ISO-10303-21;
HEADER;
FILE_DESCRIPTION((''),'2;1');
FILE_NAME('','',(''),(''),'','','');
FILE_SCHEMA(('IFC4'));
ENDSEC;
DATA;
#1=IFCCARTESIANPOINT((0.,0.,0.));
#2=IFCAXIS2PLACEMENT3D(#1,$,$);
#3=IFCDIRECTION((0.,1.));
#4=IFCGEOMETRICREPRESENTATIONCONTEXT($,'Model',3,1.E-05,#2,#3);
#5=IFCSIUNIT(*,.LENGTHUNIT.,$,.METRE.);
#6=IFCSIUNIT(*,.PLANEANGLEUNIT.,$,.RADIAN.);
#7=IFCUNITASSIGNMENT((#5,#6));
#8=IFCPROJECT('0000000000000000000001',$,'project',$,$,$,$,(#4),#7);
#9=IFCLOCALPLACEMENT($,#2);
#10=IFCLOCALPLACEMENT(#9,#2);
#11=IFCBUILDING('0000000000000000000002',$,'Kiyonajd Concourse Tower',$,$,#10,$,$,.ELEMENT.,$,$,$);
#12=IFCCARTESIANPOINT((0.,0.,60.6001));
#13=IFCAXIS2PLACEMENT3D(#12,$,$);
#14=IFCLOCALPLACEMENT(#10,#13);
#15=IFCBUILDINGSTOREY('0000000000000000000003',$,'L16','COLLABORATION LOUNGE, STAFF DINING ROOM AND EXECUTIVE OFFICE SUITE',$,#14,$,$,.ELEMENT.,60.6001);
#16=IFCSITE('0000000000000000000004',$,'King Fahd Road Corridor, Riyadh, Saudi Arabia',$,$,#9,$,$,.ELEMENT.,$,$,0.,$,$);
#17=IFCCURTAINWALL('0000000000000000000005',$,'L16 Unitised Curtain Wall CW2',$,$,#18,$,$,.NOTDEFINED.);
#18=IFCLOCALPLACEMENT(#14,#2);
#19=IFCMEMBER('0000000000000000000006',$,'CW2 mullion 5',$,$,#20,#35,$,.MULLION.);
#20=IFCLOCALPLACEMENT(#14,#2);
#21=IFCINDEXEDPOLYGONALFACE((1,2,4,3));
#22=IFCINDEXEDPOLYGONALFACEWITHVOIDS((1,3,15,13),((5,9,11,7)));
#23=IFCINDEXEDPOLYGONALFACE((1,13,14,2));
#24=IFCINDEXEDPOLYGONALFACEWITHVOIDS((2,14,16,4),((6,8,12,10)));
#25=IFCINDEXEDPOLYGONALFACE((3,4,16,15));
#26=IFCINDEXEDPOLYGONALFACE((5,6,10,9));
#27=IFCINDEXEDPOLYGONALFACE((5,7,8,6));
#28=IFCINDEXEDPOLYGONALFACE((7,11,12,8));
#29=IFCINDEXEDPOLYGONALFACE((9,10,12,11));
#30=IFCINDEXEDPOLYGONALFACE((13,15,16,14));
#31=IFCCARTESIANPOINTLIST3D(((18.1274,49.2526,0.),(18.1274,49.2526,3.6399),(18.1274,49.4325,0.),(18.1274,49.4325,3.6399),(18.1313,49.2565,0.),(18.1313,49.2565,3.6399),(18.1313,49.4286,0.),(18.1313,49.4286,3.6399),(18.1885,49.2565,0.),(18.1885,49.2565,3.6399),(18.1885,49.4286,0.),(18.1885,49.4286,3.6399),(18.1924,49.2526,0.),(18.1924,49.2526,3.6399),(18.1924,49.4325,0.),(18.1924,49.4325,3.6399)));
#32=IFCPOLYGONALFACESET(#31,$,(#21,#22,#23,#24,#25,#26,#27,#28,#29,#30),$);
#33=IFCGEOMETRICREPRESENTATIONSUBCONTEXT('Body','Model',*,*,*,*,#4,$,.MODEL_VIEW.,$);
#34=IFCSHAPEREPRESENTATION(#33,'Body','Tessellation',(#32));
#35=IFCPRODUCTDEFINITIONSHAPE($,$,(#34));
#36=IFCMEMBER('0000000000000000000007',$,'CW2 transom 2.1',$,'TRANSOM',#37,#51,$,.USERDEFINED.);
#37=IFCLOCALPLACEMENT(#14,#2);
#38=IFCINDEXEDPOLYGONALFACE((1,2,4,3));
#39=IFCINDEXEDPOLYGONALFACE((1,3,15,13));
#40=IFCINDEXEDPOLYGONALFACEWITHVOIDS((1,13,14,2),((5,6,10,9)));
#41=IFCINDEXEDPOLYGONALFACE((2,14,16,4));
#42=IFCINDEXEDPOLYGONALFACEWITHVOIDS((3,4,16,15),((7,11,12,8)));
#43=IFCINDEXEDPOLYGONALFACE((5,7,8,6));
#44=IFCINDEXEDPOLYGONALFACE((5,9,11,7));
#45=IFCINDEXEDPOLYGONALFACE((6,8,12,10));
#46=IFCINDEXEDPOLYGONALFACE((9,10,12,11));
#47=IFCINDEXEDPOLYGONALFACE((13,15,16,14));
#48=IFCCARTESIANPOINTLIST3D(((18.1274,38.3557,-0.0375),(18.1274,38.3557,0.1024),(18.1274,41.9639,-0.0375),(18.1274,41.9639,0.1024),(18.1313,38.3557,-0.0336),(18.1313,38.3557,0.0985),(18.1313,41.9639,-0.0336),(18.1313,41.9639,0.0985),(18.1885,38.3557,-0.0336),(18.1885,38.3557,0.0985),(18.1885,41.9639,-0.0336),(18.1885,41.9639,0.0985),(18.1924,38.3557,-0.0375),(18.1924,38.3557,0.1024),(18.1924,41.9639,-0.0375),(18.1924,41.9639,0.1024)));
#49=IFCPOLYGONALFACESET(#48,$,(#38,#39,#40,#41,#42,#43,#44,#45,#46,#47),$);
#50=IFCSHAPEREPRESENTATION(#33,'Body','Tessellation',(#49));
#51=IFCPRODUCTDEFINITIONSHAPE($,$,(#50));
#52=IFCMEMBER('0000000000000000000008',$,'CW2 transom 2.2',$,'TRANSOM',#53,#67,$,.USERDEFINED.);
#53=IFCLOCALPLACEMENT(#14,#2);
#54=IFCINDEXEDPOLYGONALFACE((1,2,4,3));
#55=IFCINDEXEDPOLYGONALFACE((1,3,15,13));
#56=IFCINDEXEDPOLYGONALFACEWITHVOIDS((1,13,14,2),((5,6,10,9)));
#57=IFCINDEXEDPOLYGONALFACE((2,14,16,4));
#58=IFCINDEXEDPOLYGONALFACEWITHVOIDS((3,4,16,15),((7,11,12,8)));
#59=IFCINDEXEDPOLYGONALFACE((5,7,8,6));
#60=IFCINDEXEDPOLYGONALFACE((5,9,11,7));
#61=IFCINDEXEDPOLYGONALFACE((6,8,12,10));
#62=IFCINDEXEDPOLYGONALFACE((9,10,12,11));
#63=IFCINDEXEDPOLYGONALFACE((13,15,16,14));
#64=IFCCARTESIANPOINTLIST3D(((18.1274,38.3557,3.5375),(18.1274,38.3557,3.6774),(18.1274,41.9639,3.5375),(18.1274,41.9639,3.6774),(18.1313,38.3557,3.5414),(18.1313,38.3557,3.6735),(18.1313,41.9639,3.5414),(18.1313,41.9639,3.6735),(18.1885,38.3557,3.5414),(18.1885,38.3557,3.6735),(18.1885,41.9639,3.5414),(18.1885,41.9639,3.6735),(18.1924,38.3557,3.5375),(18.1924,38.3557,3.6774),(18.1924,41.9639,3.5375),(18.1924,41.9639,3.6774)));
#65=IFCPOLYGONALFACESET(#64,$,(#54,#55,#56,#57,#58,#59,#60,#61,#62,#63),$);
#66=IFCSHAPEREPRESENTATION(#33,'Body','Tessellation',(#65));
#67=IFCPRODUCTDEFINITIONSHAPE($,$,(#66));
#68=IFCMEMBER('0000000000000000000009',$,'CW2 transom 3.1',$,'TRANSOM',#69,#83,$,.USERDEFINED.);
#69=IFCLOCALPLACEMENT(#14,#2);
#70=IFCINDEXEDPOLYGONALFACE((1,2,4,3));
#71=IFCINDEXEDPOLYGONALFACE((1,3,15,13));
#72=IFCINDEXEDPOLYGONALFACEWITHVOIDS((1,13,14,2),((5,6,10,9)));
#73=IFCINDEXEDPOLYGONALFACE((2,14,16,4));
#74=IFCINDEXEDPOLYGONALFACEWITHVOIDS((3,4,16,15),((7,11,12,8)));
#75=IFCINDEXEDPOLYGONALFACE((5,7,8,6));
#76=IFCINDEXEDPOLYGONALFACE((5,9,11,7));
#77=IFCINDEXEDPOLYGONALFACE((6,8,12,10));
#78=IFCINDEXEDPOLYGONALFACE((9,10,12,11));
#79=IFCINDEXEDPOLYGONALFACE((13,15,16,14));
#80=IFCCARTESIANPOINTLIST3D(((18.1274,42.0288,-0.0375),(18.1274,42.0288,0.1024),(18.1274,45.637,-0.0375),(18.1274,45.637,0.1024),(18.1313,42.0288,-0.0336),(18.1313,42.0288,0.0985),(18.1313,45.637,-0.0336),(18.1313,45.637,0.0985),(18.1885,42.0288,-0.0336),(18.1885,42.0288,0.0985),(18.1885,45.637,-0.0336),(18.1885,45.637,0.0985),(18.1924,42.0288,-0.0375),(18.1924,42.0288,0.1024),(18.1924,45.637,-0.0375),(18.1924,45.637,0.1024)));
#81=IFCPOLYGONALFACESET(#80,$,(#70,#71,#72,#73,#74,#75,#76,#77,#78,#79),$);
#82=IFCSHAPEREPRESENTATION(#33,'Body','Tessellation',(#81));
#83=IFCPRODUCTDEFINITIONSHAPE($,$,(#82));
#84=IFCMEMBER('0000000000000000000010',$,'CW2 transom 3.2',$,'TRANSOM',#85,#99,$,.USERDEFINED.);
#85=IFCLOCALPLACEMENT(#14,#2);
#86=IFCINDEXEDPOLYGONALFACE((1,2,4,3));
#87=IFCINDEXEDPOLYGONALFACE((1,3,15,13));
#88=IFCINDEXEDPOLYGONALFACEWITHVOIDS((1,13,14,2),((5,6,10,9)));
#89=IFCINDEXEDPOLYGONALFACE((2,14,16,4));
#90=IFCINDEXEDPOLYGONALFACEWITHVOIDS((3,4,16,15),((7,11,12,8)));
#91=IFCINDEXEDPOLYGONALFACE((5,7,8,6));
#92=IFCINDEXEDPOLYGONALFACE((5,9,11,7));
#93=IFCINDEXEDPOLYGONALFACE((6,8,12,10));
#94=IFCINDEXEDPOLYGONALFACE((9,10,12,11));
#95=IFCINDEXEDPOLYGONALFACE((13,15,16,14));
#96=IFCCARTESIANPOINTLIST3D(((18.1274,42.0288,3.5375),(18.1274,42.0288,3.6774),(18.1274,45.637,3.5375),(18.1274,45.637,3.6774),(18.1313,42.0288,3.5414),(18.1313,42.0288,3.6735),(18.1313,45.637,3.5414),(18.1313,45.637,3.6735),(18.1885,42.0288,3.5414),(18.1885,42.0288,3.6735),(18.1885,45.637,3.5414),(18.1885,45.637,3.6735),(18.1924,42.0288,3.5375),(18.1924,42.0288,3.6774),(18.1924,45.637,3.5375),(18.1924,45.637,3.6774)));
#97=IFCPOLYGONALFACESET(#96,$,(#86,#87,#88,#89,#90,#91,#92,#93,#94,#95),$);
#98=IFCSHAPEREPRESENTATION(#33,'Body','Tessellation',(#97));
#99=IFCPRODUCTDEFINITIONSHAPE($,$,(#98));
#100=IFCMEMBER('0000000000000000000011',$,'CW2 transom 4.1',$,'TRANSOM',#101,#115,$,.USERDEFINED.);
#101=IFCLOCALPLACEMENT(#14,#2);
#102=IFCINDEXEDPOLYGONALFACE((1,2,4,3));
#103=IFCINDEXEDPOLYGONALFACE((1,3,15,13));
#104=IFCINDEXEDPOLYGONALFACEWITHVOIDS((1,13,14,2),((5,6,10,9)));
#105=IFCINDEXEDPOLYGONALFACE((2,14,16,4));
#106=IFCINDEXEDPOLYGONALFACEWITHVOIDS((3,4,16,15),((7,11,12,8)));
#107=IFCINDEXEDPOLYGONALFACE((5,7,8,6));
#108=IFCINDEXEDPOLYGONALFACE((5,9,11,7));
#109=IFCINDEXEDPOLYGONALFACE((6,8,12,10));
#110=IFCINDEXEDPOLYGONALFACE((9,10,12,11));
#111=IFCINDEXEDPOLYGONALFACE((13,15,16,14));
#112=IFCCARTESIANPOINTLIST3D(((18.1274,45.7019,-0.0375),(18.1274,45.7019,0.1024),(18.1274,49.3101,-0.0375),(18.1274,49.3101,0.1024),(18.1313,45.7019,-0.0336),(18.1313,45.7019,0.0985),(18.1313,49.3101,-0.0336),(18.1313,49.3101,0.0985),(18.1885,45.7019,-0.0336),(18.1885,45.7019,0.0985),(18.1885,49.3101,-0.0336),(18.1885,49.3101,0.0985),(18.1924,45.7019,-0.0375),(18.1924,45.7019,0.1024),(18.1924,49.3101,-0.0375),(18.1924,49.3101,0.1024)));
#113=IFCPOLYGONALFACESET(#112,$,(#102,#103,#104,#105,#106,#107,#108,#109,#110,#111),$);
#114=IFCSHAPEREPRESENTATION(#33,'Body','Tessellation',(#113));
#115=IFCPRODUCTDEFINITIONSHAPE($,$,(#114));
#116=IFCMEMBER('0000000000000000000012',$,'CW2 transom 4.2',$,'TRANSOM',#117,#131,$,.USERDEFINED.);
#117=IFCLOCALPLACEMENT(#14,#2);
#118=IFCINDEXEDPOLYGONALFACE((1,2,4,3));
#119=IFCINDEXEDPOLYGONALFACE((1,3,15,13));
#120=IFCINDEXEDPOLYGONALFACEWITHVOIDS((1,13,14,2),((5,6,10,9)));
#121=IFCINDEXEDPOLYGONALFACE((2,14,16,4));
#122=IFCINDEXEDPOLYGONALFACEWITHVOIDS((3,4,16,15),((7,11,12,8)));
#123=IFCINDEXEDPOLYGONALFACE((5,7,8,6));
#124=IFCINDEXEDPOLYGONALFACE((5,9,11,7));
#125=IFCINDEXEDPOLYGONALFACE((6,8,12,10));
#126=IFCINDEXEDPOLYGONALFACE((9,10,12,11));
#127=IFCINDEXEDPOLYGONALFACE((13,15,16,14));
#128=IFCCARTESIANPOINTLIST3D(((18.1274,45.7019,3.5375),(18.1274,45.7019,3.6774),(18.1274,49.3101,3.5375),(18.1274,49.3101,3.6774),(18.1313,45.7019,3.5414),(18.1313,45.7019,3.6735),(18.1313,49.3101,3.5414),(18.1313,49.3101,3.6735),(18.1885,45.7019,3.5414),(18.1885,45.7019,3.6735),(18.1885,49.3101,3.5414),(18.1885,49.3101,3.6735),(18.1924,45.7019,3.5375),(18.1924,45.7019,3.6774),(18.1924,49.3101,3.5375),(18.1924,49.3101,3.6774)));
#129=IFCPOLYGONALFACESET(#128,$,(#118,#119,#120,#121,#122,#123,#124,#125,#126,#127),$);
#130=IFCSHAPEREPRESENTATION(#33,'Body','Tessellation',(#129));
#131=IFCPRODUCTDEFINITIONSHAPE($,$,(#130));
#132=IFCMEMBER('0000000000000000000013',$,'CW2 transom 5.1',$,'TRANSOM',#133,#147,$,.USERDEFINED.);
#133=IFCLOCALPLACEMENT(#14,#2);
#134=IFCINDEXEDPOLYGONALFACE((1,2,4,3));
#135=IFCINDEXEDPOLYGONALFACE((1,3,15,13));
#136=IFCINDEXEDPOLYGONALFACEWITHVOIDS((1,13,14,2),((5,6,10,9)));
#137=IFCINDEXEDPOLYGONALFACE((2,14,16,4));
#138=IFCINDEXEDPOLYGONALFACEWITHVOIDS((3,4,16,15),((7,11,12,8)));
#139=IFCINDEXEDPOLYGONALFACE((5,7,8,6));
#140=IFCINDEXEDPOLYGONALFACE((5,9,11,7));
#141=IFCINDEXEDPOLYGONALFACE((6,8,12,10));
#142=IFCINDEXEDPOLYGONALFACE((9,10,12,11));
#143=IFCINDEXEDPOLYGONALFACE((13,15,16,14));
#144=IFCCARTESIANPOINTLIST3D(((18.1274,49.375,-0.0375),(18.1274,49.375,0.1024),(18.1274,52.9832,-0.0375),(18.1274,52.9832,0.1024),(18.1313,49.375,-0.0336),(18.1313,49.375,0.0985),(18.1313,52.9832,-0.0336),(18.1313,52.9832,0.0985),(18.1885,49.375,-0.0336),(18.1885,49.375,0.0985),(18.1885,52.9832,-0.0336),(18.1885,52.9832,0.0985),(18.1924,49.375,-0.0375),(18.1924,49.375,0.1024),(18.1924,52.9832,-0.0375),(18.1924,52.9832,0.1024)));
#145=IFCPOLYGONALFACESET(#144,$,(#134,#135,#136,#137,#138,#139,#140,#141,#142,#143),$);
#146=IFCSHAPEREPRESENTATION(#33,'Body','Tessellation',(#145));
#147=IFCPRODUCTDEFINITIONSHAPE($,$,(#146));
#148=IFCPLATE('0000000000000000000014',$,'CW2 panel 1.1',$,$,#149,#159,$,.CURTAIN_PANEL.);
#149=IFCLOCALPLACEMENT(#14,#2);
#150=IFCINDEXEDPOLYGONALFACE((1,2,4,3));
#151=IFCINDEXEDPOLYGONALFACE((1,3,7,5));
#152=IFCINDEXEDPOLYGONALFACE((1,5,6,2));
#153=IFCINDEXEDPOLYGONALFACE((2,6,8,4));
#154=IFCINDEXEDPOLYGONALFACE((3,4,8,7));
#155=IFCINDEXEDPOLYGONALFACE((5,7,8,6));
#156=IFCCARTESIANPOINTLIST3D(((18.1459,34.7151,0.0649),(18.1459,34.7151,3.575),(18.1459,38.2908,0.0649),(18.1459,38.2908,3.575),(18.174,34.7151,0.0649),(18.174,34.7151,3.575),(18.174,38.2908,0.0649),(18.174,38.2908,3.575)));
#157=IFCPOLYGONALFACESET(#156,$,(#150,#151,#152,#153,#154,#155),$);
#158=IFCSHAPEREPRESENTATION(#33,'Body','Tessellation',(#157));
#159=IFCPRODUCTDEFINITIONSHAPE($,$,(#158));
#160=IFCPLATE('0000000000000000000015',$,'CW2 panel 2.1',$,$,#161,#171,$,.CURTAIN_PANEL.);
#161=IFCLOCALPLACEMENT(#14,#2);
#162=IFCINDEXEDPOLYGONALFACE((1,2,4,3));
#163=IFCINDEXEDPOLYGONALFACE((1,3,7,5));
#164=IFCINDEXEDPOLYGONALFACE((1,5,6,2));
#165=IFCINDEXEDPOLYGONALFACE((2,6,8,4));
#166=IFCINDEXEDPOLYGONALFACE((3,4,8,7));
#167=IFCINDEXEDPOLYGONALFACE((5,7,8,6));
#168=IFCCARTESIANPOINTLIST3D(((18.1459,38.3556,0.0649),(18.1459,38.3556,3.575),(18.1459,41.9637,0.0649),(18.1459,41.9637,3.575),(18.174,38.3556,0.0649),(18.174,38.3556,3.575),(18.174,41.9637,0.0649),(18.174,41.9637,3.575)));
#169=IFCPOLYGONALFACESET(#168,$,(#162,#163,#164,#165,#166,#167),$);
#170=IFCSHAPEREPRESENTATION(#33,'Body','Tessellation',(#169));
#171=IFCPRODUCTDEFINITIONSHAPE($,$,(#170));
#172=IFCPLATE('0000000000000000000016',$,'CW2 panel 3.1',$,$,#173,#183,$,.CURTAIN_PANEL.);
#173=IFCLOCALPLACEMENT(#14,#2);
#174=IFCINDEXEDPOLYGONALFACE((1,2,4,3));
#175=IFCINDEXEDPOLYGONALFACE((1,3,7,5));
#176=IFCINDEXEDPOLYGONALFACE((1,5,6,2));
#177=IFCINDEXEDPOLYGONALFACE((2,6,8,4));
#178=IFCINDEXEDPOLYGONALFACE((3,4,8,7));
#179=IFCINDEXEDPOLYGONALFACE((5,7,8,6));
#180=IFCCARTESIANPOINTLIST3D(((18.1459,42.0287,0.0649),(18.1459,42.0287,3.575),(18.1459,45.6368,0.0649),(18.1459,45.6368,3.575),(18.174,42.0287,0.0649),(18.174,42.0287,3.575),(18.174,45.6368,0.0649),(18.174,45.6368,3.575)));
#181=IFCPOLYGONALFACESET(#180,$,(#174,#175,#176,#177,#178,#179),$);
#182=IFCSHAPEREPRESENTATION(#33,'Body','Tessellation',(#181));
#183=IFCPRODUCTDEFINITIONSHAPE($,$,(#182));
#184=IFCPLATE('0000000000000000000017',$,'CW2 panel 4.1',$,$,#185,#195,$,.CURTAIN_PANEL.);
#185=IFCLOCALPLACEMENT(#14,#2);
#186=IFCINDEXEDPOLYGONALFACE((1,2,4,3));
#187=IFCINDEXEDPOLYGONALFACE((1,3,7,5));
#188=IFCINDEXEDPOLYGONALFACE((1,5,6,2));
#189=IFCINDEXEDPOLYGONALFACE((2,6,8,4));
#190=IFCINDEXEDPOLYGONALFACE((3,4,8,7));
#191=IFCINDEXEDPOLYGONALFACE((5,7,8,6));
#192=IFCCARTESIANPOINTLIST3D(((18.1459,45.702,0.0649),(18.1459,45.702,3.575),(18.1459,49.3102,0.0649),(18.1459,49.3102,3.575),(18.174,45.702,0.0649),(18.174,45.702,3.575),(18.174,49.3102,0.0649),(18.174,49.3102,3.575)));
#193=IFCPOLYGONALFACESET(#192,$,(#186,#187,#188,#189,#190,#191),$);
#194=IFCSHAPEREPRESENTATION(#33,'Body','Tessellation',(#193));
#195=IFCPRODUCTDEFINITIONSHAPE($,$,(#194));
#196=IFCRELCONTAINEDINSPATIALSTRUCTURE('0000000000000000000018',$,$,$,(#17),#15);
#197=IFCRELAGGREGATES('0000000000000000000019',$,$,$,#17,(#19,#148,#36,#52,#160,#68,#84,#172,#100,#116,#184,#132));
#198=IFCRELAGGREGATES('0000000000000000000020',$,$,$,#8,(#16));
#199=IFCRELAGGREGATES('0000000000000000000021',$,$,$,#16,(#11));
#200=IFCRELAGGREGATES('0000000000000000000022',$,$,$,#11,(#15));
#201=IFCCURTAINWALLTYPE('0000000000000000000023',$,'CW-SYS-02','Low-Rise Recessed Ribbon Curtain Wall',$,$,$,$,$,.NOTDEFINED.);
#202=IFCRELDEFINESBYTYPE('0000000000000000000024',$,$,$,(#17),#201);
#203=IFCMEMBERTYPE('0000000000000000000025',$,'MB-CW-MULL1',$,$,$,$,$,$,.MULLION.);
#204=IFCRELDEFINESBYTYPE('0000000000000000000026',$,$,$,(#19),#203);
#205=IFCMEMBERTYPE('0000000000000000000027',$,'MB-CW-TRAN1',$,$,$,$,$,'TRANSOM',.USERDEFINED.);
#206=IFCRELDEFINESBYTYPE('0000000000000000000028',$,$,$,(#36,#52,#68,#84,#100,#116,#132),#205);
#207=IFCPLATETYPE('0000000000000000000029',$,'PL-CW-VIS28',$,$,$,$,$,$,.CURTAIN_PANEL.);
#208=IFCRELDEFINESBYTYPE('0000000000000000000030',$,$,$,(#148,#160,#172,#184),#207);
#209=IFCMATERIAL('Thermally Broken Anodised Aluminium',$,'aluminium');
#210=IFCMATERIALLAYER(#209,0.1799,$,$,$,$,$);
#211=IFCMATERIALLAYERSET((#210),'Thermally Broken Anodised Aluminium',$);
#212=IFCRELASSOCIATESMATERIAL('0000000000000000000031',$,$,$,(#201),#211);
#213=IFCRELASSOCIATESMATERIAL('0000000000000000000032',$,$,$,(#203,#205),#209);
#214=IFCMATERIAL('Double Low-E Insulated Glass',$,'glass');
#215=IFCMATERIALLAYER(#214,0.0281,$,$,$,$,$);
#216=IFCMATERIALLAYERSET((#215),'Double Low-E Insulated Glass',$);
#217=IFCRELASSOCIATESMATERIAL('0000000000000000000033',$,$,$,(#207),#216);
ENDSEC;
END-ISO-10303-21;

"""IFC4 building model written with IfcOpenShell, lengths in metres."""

from ifc_helpers import new_model, si_unit, direction, frame, origin, origin_2d, place, context, subcontext, project, spatial, rectangle, hollow_rectangle, extrude, material, layer, layer_set, material_profile, profile_set, type_object, element, aggregate, save


model = new_model("IFC4")

# Units and contexts
model_context = context("Model", 3, precision=1e-05, world=origin(), true_north=direction((0.0, 1.0)))
body_context = subcontext(model_context, "Body", "Model", "MODEL_VIEW")
ifc_project = project(units=[si_unit("LENGTHUNIT", "METRE"), si_unit("PLANEANGLEUNIT", "RADIAN")], contexts=[model_context])

# Site, building, storey
site_placement = place(None, origin())
site = spatial("IfcSite", under=ifc_project, at=site_placement, Name="King Fahd Road Corridor, Riyadh, Saudi Arabia", CompositionType="ELEMENT", RefElevation=0.0)
building_placement = place(site_placement, origin())
building = spatial("IfcBuilding", under=site, at=building_placement, Name="Kiyonajd Concourse Tower", CompositionType="ELEMENT")
storey_placement = place(building_placement, frame((0.0, 0.0, 60.6001)))
storey = spatial("IfcBuildingStorey", under=building, at=storey_placement, Name="L16", Description="COLLABORATION LOUNGE, STAFF DINING ROOM AND EXECUTIVE OFFICE SUITE", CompositionType="ELEMENT", Elevation=60.6001)

# Curtain wall, members, plates
ifc_material_1 = material(Name="Thermally Broken Anodised Aluminium", Category="aluminium")
ifc_layer_1 = layer(ifc_material_1, 0.1799)
ifc_layer_set_1 = layer_set([ifc_layer_1], Name="Thermally Broken Anodised Aluminium")
curtain_wall_type = type_object("IfcCurtainWallType", Name="CW-SYS-02", Description="Low-Rise Recessed Ribbon Curtain Wall", PredefinedType="NOTDEFINED", material=ifc_layer_set_1)
curtain_wall_placement = place(storey_placement, origin())
curtain_wall = element("IfcCurtainWall", 1, at=curtain_wall_placement, inside=storey, type_object=curtain_wall_type, Name="L16 Unitised Curtain Wall CW2", PredefinedType="NOTDEFINED")
ifc_material_profile_1 = material_profile(ifc_material_1, hollow_rectangle(XDim=0.0649, YDim=0.1799, WallThickness=0.0039, at=origin_2d()), Name="MULL-65x180")
ifc_profile_set_1 = profile_set([ifc_material_profile_1], Name="Thermally Broken Anodised Aluminium")
member_type_1 = type_object("IfcMemberType", Name="MB-CW-MULL1", PredefinedType="MULLION", material=ifc_profile_set_1)
member_1_placement = place(storey_placement, frame((18.1599, 49.3425, 0.0), z_axis=(0.0, 0.0, 1.0), x_axis=(-1.0, 0.0, 0.0)))
member_1 = element("IfcMember", 2, at=member_1_placement, type_object=member_type_1, Name="CW2 mullion 5", PredefinedType="MULLION", context=body_context, shape_type="SweptSolid", body=[
    extrude(hollow_rectangle(XDim=0.0649, YDim=0.1799, WallThickness=0.0039, at=origin_2d()), origin(), (0.0, 0.0, 1.0), 3.6399),
])
ifc_material_profile_2 = material_profile(ifc_material_1, hollow_rectangle(XDim=0.0649, YDim=0.1399, WallThickness=0.0039, at=origin_2d()), Name="TRAN-65x140")
ifc_profile_set_2 = profile_set([ifc_material_profile_2], Name="Thermally Broken Anodised Aluminium")
member_type_2 = type_object("IfcMemberType", Name="MB-CW-TRAN1", ElementType="TRANSOM", PredefinedType="USERDEFINED", material=ifc_profile_set_2)
member_2_placement = place(storey_placement, frame((18.1599, 38.3557, 0.0325), z_axis=(0.0, 1.0, 0.0), x_axis=(-1.0, 0.0, 0.0)))
member_2 = element("IfcMember", 3, at=member_2_placement, type_object=member_type_2, Name="CW2 transom 2.1", ObjectType="TRANSOM", PredefinedType="USERDEFINED", context=body_context, shape_type="SweptSolid", body=[
    extrude(hollow_rectangle(XDim=0.0649, YDim=0.1399, WallThickness=0.0039, at=origin_2d()), origin(), (0.0, 0.0, 1.0), 3.6082),
])
member_3_placement = place(storey_placement, frame((18.1599, 38.3557, 3.6074), z_axis=(0.0, 1.0, 0.0), x_axis=(-1.0, 0.0, 0.0)))
member_3 = element("IfcMember", 4, at=member_3_placement, type_object=member_type_2, Name="CW2 transom 2.2", ObjectType="TRANSOM", PredefinedType="USERDEFINED", context=body_context, shape_type="SweptSolid", body=[
    extrude(hollow_rectangle(XDim=0.0649, YDim=0.1399, WallThickness=0.0039, at=origin_2d()), origin(), (0.0, 0.0, 1.0), 3.6082),
])
member_4_placement = place(storey_placement, frame((18.1599, 42.0288, 0.0325), z_axis=(0.0, 1.0, 0.0), x_axis=(-1.0, 0.0, 0.0)))
member_4 = element("IfcMember", 5, at=member_4_placement, type_object=member_type_2, Name="CW2 transom 3.1", ObjectType="TRANSOM", PredefinedType="USERDEFINED", context=body_context, shape_type="SweptSolid", body=[
    extrude(hollow_rectangle(XDim=0.0649, YDim=0.1399, WallThickness=0.0039, at=origin_2d()), origin(), (0.0, 0.0, 1.0), 3.6082),
])
member_5_placement = place(storey_placement, frame((18.1599, 42.0288, 3.6074), z_axis=(0.0, 1.0, 0.0), x_axis=(-1.0, 0.0, 0.0)))
member_5 = element("IfcMember", 6, at=member_5_placement, type_object=member_type_2, Name="CW2 transom 3.2", ObjectType="TRANSOM", PredefinedType="USERDEFINED", context=body_context, shape_type="SweptSolid", body=[
    extrude(hollow_rectangle(XDim=0.0649, YDim=0.1399, WallThickness=0.0039, at=origin_2d()), origin(), (0.0, 0.0, 1.0), 3.6082),
])
member_6_placement = place(storey_placement, frame((18.1599, 45.7019, 0.0325), z_axis=(0.0, 1.0, 0.0), x_axis=(-1.0, 0.0, 0.0)))
member_6 = element("IfcMember", 7, at=member_6_placement, type_object=member_type_2, Name="CW2 transom 4.1", ObjectType="TRANSOM", PredefinedType="USERDEFINED", context=body_context, shape_type="SweptSolid", body=[
    extrude(hollow_rectangle(XDim=0.0649, YDim=0.1399, WallThickness=0.0039, at=origin_2d()), origin(), (0.0, 0.0, 1.0), 3.6082),
])
member_7_placement = place(storey_placement, frame((18.1599, 45.7019, 3.6074), z_axis=(0.0, 1.0, 0.0), x_axis=(-1.0, 0.0, 0.0)))
member_7 = element("IfcMember", 8, at=member_7_placement, type_object=member_type_2, Name="CW2 transom 4.2", ObjectType="TRANSOM", PredefinedType="USERDEFINED", context=body_context, shape_type="SweptSolid", body=[
    extrude(hollow_rectangle(XDim=0.0649, YDim=0.1399, WallThickness=0.0039, at=origin_2d()), origin(), (0.0, 0.0, 1.0), 3.6082),
])
member_8_placement = place(storey_placement, frame((18.1599, 49.375, 0.0325), z_axis=(0.0, 1.0, 0.0), x_axis=(-1.0, 0.0, 0.0)))
member_8 = element("IfcMember", 9, at=member_8_placement, type_object=member_type_2, Name="CW2 transom 5.1", ObjectType="TRANSOM", PredefinedType="USERDEFINED", context=body_context, shape_type="SweptSolid", body=[
    extrude(hollow_rectangle(XDim=0.0649, YDim=0.1399, WallThickness=0.0039, at=origin_2d()), origin(), (0.0, 0.0, 1.0), 3.6082),
])
ifc_material_2 = material(Name="Double Low-E Insulated Glass", Category="glass")
ifc_layer_2 = layer(ifc_material_2, 0.0281)
ifc_layer_set_2 = layer_set([ifc_layer_2], Name="Double Low-E Insulated Glass")
plate_type = type_object("IfcPlateType", Name="PL-CW-VIS28", PredefinedType="CURTAIN_PANEL", material=ifc_layer_set_2)
plate_1_placement = place(storey_placement, frame((18.1599, 36.5029, 0.0649), z_axis=(0.0, 0.0, 1.0), x_axis=(0.0, 1.0, 0.0)))
plate_1 = element("IfcPlate", 10, at=plate_1_placement, type_object=plate_type, Name="CW2 panel 1.1", PredefinedType="CURTAIN_PANEL", context=body_context, shape_type="SweptSolid", body=[
    extrude(rectangle(XDim=3.5757, YDim=0.0281, at=origin_2d()), origin(), (0.0, 0.0, 1.0), 3.51),
])
plate_2_placement = place(storey_placement, frame((18.1599, 40.1597, 0.0649), z_axis=(0.0, 0.0, 1.0), x_axis=(0.0, 1.0, 0.0)))
plate_2 = element("IfcPlate", 11, at=plate_2_placement, type_object=plate_type, Name="CW2 panel 2.1", PredefinedType="CURTAIN_PANEL", context=body_context, shape_type="SweptSolid", body=[
    extrude(rectangle(XDim=3.6082, YDim=0.0281, at=origin_2d()), origin(), (0.0, 0.0, 1.0), 3.51),
])
plate_3_placement = place(storey_placement, frame((18.1599, 43.8328, 0.0649), z_axis=(0.0, 0.0, 1.0), x_axis=(0.0, 1.0, 0.0)))
plate_3 = element("IfcPlate", 12, at=plate_3_placement, type_object=plate_type, Name="CW2 panel 3.1", PredefinedType="CURTAIN_PANEL", context=body_context, shape_type="SweptSolid", body=[
    extrude(rectangle(XDim=3.6082, YDim=0.0281, at=origin_2d()), origin(), (0.0, 0.0, 1.0), 3.51),
])
plate_4_placement = place(storey_placement, frame((18.1599, 47.5061, 0.0649), z_axis=(0.0, 0.0, 1.0), x_axis=(0.0, 1.0, 0.0)))
plate_4 = element("IfcPlate", 13, at=plate_4_placement, type_object=plate_type, Name="CW2 panel 4.1", PredefinedType="CURTAIN_PANEL", context=body_context, shape_type="SweptSolid", body=[
    extrude(rectangle(XDim=3.6082, YDim=0.0281, at=origin_2d()), origin(), (0.0, 0.0, 1.0), 3.51),
])
aggregate(curtain_wall, [member_1, plate_1, member_2, member_3, plate_2, member_4, member_5, plate_3, member_6, member_7, plate_4, member_8])

save(model, "model.ifc")
